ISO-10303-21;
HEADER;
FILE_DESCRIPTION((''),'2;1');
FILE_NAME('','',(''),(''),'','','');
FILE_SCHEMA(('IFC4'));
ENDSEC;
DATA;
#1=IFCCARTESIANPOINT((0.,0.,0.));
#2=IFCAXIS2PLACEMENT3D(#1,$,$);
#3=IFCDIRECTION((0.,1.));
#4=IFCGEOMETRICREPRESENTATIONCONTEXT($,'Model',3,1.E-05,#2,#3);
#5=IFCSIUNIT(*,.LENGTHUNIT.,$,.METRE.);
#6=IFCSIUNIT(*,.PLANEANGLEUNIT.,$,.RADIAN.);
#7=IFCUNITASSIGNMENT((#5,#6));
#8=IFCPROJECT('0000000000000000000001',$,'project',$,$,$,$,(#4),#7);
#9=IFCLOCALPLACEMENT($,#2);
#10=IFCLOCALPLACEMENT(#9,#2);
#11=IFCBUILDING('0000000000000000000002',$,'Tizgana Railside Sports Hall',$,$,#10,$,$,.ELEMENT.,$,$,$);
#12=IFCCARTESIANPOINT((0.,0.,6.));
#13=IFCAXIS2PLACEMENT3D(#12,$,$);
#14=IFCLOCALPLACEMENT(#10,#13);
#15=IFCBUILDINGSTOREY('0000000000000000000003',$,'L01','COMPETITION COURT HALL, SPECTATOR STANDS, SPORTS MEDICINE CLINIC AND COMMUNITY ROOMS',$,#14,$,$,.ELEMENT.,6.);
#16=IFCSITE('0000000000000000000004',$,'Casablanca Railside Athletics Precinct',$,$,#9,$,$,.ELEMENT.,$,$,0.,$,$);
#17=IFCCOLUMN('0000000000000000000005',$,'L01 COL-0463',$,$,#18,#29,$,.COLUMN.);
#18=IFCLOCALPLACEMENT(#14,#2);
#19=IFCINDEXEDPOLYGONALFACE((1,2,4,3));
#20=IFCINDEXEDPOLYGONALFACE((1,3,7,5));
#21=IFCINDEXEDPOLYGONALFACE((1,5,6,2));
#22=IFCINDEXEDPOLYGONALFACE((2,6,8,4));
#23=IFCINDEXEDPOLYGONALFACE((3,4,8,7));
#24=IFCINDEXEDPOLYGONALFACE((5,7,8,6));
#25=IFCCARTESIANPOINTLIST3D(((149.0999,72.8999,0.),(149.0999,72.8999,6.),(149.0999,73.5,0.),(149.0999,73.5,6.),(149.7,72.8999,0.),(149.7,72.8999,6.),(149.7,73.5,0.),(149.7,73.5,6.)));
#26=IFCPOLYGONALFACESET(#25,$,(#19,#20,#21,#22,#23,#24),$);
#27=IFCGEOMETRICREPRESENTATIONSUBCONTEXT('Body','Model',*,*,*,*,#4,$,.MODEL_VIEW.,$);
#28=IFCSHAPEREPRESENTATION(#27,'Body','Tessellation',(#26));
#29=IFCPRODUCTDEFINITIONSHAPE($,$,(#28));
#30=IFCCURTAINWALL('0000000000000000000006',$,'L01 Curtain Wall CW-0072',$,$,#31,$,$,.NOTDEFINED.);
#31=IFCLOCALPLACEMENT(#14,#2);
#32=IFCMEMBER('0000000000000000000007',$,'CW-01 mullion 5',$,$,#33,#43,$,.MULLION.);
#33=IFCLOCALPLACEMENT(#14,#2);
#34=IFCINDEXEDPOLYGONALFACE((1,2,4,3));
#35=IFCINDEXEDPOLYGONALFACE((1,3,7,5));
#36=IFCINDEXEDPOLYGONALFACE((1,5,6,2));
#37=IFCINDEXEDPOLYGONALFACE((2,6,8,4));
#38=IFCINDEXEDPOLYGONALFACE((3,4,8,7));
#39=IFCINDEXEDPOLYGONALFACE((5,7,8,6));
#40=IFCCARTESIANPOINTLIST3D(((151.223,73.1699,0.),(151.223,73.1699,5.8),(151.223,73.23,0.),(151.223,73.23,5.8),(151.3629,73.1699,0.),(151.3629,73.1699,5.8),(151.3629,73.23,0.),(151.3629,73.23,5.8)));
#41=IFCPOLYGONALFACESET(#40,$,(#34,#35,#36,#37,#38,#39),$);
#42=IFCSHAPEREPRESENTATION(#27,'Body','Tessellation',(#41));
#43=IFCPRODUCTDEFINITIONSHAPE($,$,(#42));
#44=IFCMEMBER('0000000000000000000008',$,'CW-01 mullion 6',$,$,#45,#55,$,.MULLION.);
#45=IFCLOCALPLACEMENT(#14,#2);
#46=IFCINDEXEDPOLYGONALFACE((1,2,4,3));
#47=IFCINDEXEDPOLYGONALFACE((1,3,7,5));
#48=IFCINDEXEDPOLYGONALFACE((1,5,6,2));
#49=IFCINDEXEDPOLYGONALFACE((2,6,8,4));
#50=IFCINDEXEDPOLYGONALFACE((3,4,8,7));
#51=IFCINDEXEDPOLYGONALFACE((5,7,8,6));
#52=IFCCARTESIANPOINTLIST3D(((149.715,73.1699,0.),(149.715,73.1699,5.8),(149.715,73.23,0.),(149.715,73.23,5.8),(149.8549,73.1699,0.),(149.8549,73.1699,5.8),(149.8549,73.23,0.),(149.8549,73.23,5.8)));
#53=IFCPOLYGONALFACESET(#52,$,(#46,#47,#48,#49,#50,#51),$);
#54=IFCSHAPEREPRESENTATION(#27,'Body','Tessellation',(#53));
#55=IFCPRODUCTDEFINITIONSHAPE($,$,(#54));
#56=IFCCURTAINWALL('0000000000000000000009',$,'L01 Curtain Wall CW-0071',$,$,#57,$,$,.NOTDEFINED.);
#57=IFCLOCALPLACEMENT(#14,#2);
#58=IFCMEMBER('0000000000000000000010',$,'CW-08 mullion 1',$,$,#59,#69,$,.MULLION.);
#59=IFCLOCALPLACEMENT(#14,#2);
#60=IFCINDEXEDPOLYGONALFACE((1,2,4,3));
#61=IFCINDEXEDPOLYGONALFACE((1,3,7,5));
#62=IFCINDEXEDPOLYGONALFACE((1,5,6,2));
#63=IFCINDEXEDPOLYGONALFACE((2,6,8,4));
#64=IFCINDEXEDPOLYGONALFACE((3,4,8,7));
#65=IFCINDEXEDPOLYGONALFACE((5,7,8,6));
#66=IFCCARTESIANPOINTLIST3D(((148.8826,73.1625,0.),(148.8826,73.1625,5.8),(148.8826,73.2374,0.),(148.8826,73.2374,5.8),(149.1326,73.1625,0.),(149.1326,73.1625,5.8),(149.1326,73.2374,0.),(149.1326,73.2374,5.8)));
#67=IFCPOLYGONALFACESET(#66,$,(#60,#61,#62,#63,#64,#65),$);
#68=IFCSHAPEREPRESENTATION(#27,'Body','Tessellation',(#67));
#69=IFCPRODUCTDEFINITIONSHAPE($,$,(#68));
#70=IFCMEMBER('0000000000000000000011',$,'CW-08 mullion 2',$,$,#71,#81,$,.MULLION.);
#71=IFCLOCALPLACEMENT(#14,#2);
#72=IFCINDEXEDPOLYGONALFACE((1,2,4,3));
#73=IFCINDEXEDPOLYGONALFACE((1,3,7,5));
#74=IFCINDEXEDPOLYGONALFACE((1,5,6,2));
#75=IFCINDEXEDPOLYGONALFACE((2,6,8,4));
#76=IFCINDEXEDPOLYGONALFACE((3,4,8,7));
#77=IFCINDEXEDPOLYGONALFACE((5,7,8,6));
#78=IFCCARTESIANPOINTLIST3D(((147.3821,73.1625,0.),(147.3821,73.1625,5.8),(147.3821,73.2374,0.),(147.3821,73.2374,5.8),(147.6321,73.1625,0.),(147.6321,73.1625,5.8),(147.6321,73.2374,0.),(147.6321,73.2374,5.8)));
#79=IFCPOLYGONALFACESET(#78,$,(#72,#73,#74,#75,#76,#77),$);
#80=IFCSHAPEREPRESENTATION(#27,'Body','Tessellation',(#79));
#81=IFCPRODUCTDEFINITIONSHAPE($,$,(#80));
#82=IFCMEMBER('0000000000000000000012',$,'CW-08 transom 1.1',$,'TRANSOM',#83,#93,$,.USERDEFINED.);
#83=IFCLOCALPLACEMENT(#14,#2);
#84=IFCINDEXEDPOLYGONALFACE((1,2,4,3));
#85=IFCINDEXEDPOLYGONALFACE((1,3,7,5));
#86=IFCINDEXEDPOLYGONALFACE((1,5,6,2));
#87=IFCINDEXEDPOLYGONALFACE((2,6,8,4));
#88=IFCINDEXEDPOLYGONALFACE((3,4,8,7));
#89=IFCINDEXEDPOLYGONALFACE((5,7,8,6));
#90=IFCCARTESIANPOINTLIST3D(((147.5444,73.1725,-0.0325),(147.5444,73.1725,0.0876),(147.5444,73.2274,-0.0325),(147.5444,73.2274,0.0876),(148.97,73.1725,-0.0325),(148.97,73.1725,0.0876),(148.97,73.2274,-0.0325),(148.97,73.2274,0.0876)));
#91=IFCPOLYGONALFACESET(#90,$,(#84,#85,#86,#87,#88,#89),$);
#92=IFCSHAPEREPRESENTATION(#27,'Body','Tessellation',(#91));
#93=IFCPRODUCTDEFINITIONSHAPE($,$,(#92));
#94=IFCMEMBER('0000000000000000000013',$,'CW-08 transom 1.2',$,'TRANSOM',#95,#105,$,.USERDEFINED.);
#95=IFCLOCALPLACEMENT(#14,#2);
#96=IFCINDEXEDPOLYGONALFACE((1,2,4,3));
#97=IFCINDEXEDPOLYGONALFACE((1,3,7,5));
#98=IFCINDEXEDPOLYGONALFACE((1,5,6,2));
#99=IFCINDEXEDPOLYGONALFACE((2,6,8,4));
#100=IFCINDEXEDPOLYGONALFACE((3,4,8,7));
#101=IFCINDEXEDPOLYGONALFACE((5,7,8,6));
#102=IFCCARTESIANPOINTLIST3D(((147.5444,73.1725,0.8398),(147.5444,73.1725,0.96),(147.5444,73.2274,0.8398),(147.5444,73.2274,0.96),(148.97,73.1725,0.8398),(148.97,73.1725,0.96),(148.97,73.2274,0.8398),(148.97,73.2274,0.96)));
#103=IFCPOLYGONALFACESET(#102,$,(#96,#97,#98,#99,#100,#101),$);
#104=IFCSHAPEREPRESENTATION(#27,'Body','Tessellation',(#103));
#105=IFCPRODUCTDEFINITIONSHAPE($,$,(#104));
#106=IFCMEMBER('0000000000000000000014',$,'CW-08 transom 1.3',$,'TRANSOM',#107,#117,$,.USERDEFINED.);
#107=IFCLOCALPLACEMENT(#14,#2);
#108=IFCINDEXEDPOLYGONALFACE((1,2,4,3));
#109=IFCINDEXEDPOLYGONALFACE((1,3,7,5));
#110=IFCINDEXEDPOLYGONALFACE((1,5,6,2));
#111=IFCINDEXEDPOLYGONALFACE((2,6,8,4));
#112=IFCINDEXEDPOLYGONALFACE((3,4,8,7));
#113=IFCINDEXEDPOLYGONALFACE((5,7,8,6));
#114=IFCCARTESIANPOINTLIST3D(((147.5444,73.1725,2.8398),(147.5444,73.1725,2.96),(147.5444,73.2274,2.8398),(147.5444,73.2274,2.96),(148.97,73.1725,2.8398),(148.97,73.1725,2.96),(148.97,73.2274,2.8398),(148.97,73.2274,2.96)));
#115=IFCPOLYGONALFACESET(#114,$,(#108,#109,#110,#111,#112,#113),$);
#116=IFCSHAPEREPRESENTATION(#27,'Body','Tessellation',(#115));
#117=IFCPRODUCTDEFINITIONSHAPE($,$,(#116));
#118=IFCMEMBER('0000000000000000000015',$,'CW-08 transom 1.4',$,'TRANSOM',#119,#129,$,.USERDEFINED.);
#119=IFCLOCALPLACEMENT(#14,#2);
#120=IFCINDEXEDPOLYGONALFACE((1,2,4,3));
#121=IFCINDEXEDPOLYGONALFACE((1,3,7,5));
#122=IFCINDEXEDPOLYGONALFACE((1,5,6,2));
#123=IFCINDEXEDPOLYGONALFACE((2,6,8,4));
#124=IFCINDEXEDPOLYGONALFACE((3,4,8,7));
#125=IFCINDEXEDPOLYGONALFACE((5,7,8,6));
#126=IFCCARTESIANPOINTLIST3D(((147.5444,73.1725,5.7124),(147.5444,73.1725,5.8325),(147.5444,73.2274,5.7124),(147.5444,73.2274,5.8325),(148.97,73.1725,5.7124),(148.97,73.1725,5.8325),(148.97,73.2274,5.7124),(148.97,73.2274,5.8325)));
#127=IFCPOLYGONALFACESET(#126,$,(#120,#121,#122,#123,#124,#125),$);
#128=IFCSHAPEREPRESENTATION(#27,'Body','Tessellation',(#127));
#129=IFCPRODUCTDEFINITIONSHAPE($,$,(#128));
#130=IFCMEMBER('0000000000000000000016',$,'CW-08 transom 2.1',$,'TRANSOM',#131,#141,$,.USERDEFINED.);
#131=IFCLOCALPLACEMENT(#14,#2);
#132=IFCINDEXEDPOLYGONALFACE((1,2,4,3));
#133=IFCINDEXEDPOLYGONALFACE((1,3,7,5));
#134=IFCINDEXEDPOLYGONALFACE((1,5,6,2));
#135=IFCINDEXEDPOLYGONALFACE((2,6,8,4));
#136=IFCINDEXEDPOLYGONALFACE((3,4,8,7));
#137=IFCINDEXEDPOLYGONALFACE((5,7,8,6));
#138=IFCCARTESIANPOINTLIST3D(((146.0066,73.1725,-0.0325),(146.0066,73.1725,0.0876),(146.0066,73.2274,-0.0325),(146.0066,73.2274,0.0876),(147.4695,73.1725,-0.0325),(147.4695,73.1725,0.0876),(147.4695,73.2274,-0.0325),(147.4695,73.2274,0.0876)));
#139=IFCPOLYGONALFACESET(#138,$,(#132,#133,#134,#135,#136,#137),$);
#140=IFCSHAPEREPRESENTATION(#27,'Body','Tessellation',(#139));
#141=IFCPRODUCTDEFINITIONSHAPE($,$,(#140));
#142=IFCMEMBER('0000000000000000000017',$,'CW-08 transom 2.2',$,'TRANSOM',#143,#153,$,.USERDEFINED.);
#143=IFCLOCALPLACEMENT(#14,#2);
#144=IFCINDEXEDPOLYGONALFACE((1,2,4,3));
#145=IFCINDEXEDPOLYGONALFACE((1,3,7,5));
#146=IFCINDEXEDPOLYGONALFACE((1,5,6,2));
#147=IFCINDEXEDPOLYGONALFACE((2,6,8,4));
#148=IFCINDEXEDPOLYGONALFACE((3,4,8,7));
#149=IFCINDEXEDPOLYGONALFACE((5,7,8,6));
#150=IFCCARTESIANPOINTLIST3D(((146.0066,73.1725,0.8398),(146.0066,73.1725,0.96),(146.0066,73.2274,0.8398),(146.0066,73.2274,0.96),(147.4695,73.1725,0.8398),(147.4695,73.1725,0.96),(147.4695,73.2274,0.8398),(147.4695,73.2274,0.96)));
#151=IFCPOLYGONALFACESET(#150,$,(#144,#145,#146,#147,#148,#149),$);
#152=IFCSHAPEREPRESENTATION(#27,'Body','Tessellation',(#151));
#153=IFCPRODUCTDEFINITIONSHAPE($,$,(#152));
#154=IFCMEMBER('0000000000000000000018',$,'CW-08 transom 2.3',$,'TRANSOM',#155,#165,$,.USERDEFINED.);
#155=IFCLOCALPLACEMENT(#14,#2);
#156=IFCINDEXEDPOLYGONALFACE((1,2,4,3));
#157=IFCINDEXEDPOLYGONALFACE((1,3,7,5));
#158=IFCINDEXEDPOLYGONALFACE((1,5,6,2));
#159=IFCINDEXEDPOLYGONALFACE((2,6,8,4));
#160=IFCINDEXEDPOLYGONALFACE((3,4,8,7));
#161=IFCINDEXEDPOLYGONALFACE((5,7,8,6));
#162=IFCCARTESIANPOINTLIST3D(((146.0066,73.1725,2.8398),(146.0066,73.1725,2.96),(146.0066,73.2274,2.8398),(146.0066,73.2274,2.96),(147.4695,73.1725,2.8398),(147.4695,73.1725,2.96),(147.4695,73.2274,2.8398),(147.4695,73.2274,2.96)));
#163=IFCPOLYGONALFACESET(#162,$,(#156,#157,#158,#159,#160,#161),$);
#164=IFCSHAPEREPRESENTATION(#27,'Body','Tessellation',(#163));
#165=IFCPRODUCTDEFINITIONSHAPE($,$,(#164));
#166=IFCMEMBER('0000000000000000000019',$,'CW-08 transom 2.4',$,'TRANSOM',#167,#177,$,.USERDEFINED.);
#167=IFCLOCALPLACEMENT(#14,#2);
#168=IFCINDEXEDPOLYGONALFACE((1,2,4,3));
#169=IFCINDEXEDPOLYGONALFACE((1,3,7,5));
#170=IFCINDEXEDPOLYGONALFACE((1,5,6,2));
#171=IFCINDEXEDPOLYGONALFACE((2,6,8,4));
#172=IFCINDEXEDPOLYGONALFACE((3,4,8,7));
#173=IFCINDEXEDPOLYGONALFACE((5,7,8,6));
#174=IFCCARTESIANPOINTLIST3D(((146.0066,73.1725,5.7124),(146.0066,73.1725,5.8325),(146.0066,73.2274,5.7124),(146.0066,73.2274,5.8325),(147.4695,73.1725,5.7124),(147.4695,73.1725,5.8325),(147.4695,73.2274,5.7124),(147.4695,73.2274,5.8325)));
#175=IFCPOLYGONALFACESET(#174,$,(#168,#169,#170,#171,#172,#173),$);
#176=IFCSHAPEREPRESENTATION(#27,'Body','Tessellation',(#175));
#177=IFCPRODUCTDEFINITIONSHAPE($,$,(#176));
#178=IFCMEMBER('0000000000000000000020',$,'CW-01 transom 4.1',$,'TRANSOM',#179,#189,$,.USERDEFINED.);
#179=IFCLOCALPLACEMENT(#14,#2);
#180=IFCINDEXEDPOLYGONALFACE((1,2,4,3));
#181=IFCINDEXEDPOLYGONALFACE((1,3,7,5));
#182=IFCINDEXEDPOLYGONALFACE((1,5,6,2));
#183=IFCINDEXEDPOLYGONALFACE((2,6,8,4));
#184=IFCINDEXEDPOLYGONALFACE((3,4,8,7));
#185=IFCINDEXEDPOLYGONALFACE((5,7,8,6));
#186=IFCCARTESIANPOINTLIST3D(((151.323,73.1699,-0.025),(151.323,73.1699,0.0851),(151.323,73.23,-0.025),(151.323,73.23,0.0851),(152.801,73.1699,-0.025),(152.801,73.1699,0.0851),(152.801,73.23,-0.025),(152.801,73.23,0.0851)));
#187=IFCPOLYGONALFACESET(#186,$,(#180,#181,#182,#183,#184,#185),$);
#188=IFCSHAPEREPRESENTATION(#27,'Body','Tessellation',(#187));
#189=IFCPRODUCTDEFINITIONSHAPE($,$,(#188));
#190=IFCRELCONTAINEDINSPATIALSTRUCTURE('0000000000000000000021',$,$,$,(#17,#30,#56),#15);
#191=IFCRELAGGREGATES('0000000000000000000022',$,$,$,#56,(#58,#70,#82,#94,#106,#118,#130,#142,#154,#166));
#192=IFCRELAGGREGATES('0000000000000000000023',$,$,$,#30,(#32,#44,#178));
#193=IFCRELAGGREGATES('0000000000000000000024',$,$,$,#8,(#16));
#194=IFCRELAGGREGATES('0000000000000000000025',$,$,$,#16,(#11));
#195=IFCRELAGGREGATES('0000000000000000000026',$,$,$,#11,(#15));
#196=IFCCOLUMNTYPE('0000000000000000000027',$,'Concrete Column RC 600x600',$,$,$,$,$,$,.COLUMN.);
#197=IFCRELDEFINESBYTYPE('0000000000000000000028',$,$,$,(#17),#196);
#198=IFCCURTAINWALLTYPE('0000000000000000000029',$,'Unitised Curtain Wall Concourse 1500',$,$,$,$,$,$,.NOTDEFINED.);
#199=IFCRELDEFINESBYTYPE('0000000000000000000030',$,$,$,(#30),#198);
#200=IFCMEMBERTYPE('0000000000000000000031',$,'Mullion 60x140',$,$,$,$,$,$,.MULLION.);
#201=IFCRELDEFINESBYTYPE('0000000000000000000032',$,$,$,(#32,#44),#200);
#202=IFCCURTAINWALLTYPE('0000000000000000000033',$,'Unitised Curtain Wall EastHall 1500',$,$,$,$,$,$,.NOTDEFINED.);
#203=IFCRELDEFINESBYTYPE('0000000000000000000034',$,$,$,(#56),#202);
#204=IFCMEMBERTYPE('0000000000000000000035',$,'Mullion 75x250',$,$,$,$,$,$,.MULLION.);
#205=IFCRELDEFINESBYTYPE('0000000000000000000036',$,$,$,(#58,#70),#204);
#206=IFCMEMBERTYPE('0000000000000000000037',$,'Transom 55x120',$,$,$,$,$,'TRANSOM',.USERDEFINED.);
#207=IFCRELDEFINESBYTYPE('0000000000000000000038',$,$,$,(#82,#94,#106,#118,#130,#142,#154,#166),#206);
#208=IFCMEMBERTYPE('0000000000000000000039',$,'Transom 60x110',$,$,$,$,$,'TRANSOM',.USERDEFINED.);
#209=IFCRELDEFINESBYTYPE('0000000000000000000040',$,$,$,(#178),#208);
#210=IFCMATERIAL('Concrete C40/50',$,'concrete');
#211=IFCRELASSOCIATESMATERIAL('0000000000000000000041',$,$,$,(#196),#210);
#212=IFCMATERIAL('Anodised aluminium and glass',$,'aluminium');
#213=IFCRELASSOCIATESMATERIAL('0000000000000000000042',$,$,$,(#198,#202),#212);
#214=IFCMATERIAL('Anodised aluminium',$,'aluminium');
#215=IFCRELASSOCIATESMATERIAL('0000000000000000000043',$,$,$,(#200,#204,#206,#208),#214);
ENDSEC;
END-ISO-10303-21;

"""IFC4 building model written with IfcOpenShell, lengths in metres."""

from ifc_helpers import new_model, si_unit, direction, frame, origin, origin_2d, place, context, subcontext, project, spatial, rectangle, extrude, material, material_profile, profile_set, type_object, element, aggregate, save


model = new_model("IFC4")

# Units and contexts
model_context = context("Model", 3, precision=1e-05, world=origin(), true_north=direction((0.0, 1.0)))
body_context = subcontext(model_context, "Body", "Model", "MODEL_VIEW")
ifc_project = project(units=[si_unit("LENGTHUNIT", "METRE"), si_unit("PLANEANGLEUNIT", "RADIAN")], contexts=[model_context])

# Site, building, storey
site_placement = place(None, origin())
site = spatial("IfcSite", under=ifc_project, at=site_placement, Name="Casablanca Railside Athletics Precinct", CompositionType="ELEMENT", RefElevation=0.0)
building_placement = place(site_placement, origin())
building = spatial("IfcBuilding", under=site, at=building_placement, Name="Tizgana Railside Sports Hall", CompositionType="ELEMENT")
storey_placement = place(building_placement, frame((0.0, 0.0, 6.0)))
storey = spatial("IfcBuildingStorey", under=building, at=storey_placement, Name="L01", Description="COMPETITION COURT HALL, SPECTATOR STANDS, SPORTS MEDICINE CLINIC AND COMMUNITY ROOMS", CompositionType="ELEMENT", Elevation=6.0)

# Column
ifc_material_1 = material(Name="Concrete C40/50", Category="concrete")
ifc_material_profile_1 = material_profile(ifc_material_1, rectangle(XDim=0.6001, YDim=0.6001, at=origin_2d()), Name="RC 600x600")
ifc_profile_set_1 = profile_set([ifc_material_profile_1], Name="Concrete C40/50")
column_type = type_object("IfcColumnType", Name="Concrete Column RC 600x600", PredefinedType="COLUMN", material=ifc_profile_set_1)
column_placement = place(storey_placement, frame((149.3999, 73.2, 0.0), z_axis=(0.0, 0.0, 1.0), x_axis=(1.0, 0.0, 0.0)))
element("IfcColumn", 1, at=column_placement, inside=storey, type_object=column_type, Name="L01 COL-0463", PredefinedType="COLUMN", context=body_context, shape_type="SweptSolid", body=[
    extrude(rectangle(XDim=0.6001, YDim=0.6001, at=origin_2d()), origin(), (0.0, 0.0, 1.0), 6.0),
])

# Curtain walls, members
ifc_material_2 = material(Name="Anodised aluminium and glass", Category="aluminium")
curtain_wall_type_1 = type_object("IfcCurtainWallType", Name="Unitised Curtain Wall Concourse 1500", PredefinedType="NOTDEFINED", material=ifc_material_2)
curtain_wall_1_placement = place(storey_placement, origin())
curtain_wall_1 = element("IfcCurtainWall", 2, at=curtain_wall_1_placement, inside=storey, type_object=curtain_wall_type_1, Name="L01 Curtain Wall CW-0072", PredefinedType="NOTDEFINED")
ifc_material_3 = material(Name="Anodised aluminium", Category="aluminium")
ifc_material_profile_2 = material_profile(ifc_material_3, rectangle(XDim=0.0601, YDim=0.1399, at=origin_2d()), Name="Mullion 60x140")
ifc_profile_set_2 = profile_set([ifc_material_profile_2], Name="Anodised aluminium")
member_type_1 = type_object("IfcMemberType", Name="Mullion 60x140", PredefinedType="MULLION", material=ifc_profile_set_2)
member_1_placement = place(storey_placement, frame((151.293, 73.2, 0.0), z_axis=(0.0, 0.0, 1.0), x_axis=(0.0, -1.0, 0.0)))
member_1 = element("IfcMember", 3, at=member_1_placement, type_object=member_type_1, Name="CW-01 mullion 5", PredefinedType="MULLION", context=body_context, shape_type="SweptSolid", body=[
    extrude(rectangle(XDim=0.0601, YDim=0.1399, at=origin_2d()), origin(), (0.0, 0.0, 1.0), 5.8),
])
member_2_placement = place(storey_placement, frame((149.7849, 73.2, 0.0), z_axis=(0.0, 0.0, 1.0), x_axis=(0.0, -1.0, 0.0)))
member_2 = element("IfcMember", 4, at=member_2_placement, type_object=member_type_1, Name="CW-01 mullion 6", PredefinedType="MULLION", context=body_context, shape_type="SweptSolid", body=[
    extrude(rectangle(XDim=0.0601, YDim=0.1399, at=origin_2d()), origin(), (0.0, 0.0, 1.0), 5.8),
])
curtain_wall_type_2 = type_object("IfcCurtainWallType", Name="Unitised Curtain Wall EastHall 1500", PredefinedType="NOTDEFINED", material=ifc_material_2)
curtain_wall_2_placement = place(storey_placement, origin())
curtain_wall_2 = element("IfcCurtainWall", 5, at=curtain_wall_2_placement, inside=storey, type_object=curtain_wall_type_2, Name="L01 Curtain Wall CW-0071", PredefinedType="NOTDEFINED")
ifc_material_profile_3 = material_profile(ifc_material_3, rectangle(XDim=0.075, YDim=0.25, at=origin_2d()), Name="Mullion 75x250")
ifc_profile_set_3 = profile_set([ifc_material_profile_3], Name="Anodised aluminium")
member_type_2 = type_object("IfcMemberType", Name="Mullion 75x250", PredefinedType="MULLION", material=ifc_profile_set_3)
member_3_placement = place(storey_placement, frame((149.0076, 73.2, 0.0), z_axis=(0.0, 0.0, 1.0), x_axis=(0.0, -1.0, 0.0)))
member_3 = element("IfcMember", 6, at=member_3_placement, type_object=member_type_2, Name="CW-08 mullion 1", PredefinedType="MULLION", context=body_context, shape_type="SweptSolid", body=[
    extrude(rectangle(XDim=0.075, YDim=0.25, at=origin_2d()), origin(), (0.0, 0.0, 1.0), 5.8),
])
member_4_placement = place(storey_placement, frame((147.5071, 73.2, 0.0), z_axis=(0.0, 0.0, 1.0), x_axis=(0.0, -1.0, 0.0)))
member_4 = element("IfcMember", 7, at=member_4_placement, type_object=member_type_2, Name="CW-08 mullion 2", PredefinedType="MULLION", context=body_context, shape_type="SweptSolid", body=[
    extrude(rectangle(XDim=0.075, YDim=0.25, at=origin_2d()), origin(), (0.0, 0.0, 1.0), 5.8),
])
ifc_material_profile_4 = material_profile(ifc_material_3, rectangle(XDim=0.0549, YDim=0.1201, at=origin_2d()), Name="Transom 55x120")
ifc_profile_set_4 = profile_set([ifc_material_profile_4], Name="Anodised aluminium")
member_type_3 = type_object("IfcMemberType", Name="Transom 55x120", ElementType="TRANSOM", PredefinedType="USERDEFINED", material=ifc_profile_set_4)
member_5_placement = place(storey_placement, frame((148.97, 73.2, 0.0276), z_axis=(-1.0, 0.0, 0.0), x_axis=(0.0, -1.0, 0.0)))
member_5 = element("IfcMember", 8, at=member_5_placement, type_object=member_type_3, Name="CW-08 transom 1.1", ObjectType="TRANSOM", PredefinedType="USERDEFINED", context=body_context, shape_type="SweptSolid", body=[
    extrude(rectangle(XDim=0.0549, YDim=0.1201, at=origin_2d()), origin(), (0.0, 0.0, 1.0), 1.4255),
])
member_6_placement = place(storey_placement, frame((148.97, 73.2, 0.8999), z_axis=(-1.0, 0.0, 0.0), x_axis=(0.0, -1.0, 0.0)))
member_6 = element("IfcMember", 9, at=member_6_placement, type_object=member_type_3, Name="CW-08 transom 1.2", ObjectType="TRANSOM", PredefinedType="USERDEFINED", context=body_context, shape_type="SweptSolid", body=[
    extrude(rectangle(XDim=0.0549, YDim=0.1201, at=origin_2d()), origin(), (0.0, 0.0, 1.0), 1.4255),
])
member_7_placement = place(storey_placement, frame((148.97, 73.2, 2.8999), z_axis=(-1.0, 0.0, 0.0), x_axis=(0.0, -1.0, 0.0)))
member_7 = element("IfcMember", 10, at=member_7_placement, type_object=member_type_3, Name="CW-08 transom 1.3", ObjectType="TRANSOM", PredefinedType="USERDEFINED", context=body_context, shape_type="SweptSolid", body=[
    extrude(rectangle(XDim=0.0549, YDim=0.1201, at=origin_2d()), origin(), (0.0, 0.0, 1.0), 1.4255),
])
member_8_placement = place(storey_placement, frame((148.97, 73.2, 5.7725), z_axis=(-1.0, 0.0, 0.0), x_axis=(0.0, -1.0, 0.0)))
member_8 = element("IfcMember", 11, at=member_8_placement, type_object=member_type_3, Name="CW-08 transom 1.4", ObjectType="TRANSOM", PredefinedType="USERDEFINED", context=body_context, shape_type="SweptSolid", body=[
    extrude(rectangle(XDim=0.0549, YDim=0.1201, at=origin_2d()), origin(), (0.0, 0.0, 1.0), 1.4255),
])
member_9_placement = place(storey_placement, frame((147.4695, 73.2, 0.0276), z_axis=(-1.0, 0.0, 0.0), x_axis=(0.0, -1.0, 0.0)))
member_9 = element("IfcMember", 12, at=member_9_placement, type_object=member_type_3, Name="CW-08 transom 2.1", ObjectType="TRANSOM", PredefinedType="USERDEFINED", context=body_context, shape_type="SweptSolid", body=[
    extrude(rectangle(XDim=0.0549, YDim=0.1201, at=origin_2d()), origin(), (0.0, 0.0, 1.0), 1.4629),
])
member_10_placement = place(storey_placement, frame((147.4695, 73.2, 0.8999), z_axis=(-1.0, 0.0, 0.0), x_axis=(0.0, -1.0, 0.0)))
member_10 = element("IfcMember", 13, at=member_10_placement, type_object=member_type_3, Name="CW-08 transom 2.2", ObjectType="TRANSOM", PredefinedType="USERDEFINED", context=body_context, shape_type="SweptSolid", body=[
    extrude(rectangle(XDim=0.0549, YDim=0.1201, at=origin_2d()), origin(), (0.0, 0.0, 1.0), 1.4629),
])
member_11_placement = place(storey_placement, frame((147.4695, 73.2, 2.8999), z_axis=(-1.0, 0.0, 0.0), x_axis=(0.0, -1.0, 0.0)))
member_11 = element("IfcMember", 14, at=member_11_placement, type_object=member_type_3, Name="CW-08 transom 2.3", ObjectType="TRANSOM", PredefinedType="USERDEFINED", context=body_context, shape_type="SweptSolid", body=[
    extrude(rectangle(XDim=0.0549, YDim=0.1201, at=origin_2d()), origin(), (0.0, 0.0, 1.0), 1.4629),
])
member_12_placement = place(storey_placement, frame((147.4695, 73.2, 5.7725), z_axis=(-1.0, 0.0, 0.0), x_axis=(0.0, -1.0, 0.0)))
member_12 = element("IfcMember", 15, at=member_12_placement, type_object=member_type_3, Name="CW-08 transom 2.4", ObjectType="TRANSOM", PredefinedType="USERDEFINED", context=body_context, shape_type="SweptSolid", body=[
    extrude(rectangle(XDim=0.0549, YDim=0.1201, at=origin_2d()), origin(), (0.0, 0.0, 1.0), 1.4629),
])

# Member
ifc_material_profile_5 = material_profile(ifc_material_3, rectangle(XDim=0.0601, YDim=0.1101, at=origin_2d()), Name="Transom 60x110")
ifc_profile_set_5 = profile_set([ifc_material_profile_5], Name="Anodised aluminium")
member_type_4 = type_object("IfcMemberType", Name="Transom 60x110", ElementType="TRANSOM", PredefinedType="USERDEFINED", material=ifc_profile_set_5)
member_13_placement = place(storey_placement, frame((152.801, 73.2, 0.03), z_axis=(-1.0, 0.0, 0.0), x_axis=(0.0, -1.0, 0.0)))
member_13 = element("IfcMember", 16, at=member_13_placement, type_object=member_type_4, Name="CW-01 transom 4.1", ObjectType="TRANSOM", PredefinedType="USERDEFINED", context=body_context, shape_type="SweptSolid", body=[
    extrude(rectangle(XDim=0.0601, YDim=0.1101, at=origin_2d()), origin(), (0.0, 0.0, 1.0), 1.478),
])

aggregate(curtain_wall_2, [member_3, member_4, member_5, member_6, member_7, member_8, member_9, member_10, member_11, member_12])
aggregate(curtain_wall_1, [member_1, member_2, member_13])

save(model, "model.ifc")
